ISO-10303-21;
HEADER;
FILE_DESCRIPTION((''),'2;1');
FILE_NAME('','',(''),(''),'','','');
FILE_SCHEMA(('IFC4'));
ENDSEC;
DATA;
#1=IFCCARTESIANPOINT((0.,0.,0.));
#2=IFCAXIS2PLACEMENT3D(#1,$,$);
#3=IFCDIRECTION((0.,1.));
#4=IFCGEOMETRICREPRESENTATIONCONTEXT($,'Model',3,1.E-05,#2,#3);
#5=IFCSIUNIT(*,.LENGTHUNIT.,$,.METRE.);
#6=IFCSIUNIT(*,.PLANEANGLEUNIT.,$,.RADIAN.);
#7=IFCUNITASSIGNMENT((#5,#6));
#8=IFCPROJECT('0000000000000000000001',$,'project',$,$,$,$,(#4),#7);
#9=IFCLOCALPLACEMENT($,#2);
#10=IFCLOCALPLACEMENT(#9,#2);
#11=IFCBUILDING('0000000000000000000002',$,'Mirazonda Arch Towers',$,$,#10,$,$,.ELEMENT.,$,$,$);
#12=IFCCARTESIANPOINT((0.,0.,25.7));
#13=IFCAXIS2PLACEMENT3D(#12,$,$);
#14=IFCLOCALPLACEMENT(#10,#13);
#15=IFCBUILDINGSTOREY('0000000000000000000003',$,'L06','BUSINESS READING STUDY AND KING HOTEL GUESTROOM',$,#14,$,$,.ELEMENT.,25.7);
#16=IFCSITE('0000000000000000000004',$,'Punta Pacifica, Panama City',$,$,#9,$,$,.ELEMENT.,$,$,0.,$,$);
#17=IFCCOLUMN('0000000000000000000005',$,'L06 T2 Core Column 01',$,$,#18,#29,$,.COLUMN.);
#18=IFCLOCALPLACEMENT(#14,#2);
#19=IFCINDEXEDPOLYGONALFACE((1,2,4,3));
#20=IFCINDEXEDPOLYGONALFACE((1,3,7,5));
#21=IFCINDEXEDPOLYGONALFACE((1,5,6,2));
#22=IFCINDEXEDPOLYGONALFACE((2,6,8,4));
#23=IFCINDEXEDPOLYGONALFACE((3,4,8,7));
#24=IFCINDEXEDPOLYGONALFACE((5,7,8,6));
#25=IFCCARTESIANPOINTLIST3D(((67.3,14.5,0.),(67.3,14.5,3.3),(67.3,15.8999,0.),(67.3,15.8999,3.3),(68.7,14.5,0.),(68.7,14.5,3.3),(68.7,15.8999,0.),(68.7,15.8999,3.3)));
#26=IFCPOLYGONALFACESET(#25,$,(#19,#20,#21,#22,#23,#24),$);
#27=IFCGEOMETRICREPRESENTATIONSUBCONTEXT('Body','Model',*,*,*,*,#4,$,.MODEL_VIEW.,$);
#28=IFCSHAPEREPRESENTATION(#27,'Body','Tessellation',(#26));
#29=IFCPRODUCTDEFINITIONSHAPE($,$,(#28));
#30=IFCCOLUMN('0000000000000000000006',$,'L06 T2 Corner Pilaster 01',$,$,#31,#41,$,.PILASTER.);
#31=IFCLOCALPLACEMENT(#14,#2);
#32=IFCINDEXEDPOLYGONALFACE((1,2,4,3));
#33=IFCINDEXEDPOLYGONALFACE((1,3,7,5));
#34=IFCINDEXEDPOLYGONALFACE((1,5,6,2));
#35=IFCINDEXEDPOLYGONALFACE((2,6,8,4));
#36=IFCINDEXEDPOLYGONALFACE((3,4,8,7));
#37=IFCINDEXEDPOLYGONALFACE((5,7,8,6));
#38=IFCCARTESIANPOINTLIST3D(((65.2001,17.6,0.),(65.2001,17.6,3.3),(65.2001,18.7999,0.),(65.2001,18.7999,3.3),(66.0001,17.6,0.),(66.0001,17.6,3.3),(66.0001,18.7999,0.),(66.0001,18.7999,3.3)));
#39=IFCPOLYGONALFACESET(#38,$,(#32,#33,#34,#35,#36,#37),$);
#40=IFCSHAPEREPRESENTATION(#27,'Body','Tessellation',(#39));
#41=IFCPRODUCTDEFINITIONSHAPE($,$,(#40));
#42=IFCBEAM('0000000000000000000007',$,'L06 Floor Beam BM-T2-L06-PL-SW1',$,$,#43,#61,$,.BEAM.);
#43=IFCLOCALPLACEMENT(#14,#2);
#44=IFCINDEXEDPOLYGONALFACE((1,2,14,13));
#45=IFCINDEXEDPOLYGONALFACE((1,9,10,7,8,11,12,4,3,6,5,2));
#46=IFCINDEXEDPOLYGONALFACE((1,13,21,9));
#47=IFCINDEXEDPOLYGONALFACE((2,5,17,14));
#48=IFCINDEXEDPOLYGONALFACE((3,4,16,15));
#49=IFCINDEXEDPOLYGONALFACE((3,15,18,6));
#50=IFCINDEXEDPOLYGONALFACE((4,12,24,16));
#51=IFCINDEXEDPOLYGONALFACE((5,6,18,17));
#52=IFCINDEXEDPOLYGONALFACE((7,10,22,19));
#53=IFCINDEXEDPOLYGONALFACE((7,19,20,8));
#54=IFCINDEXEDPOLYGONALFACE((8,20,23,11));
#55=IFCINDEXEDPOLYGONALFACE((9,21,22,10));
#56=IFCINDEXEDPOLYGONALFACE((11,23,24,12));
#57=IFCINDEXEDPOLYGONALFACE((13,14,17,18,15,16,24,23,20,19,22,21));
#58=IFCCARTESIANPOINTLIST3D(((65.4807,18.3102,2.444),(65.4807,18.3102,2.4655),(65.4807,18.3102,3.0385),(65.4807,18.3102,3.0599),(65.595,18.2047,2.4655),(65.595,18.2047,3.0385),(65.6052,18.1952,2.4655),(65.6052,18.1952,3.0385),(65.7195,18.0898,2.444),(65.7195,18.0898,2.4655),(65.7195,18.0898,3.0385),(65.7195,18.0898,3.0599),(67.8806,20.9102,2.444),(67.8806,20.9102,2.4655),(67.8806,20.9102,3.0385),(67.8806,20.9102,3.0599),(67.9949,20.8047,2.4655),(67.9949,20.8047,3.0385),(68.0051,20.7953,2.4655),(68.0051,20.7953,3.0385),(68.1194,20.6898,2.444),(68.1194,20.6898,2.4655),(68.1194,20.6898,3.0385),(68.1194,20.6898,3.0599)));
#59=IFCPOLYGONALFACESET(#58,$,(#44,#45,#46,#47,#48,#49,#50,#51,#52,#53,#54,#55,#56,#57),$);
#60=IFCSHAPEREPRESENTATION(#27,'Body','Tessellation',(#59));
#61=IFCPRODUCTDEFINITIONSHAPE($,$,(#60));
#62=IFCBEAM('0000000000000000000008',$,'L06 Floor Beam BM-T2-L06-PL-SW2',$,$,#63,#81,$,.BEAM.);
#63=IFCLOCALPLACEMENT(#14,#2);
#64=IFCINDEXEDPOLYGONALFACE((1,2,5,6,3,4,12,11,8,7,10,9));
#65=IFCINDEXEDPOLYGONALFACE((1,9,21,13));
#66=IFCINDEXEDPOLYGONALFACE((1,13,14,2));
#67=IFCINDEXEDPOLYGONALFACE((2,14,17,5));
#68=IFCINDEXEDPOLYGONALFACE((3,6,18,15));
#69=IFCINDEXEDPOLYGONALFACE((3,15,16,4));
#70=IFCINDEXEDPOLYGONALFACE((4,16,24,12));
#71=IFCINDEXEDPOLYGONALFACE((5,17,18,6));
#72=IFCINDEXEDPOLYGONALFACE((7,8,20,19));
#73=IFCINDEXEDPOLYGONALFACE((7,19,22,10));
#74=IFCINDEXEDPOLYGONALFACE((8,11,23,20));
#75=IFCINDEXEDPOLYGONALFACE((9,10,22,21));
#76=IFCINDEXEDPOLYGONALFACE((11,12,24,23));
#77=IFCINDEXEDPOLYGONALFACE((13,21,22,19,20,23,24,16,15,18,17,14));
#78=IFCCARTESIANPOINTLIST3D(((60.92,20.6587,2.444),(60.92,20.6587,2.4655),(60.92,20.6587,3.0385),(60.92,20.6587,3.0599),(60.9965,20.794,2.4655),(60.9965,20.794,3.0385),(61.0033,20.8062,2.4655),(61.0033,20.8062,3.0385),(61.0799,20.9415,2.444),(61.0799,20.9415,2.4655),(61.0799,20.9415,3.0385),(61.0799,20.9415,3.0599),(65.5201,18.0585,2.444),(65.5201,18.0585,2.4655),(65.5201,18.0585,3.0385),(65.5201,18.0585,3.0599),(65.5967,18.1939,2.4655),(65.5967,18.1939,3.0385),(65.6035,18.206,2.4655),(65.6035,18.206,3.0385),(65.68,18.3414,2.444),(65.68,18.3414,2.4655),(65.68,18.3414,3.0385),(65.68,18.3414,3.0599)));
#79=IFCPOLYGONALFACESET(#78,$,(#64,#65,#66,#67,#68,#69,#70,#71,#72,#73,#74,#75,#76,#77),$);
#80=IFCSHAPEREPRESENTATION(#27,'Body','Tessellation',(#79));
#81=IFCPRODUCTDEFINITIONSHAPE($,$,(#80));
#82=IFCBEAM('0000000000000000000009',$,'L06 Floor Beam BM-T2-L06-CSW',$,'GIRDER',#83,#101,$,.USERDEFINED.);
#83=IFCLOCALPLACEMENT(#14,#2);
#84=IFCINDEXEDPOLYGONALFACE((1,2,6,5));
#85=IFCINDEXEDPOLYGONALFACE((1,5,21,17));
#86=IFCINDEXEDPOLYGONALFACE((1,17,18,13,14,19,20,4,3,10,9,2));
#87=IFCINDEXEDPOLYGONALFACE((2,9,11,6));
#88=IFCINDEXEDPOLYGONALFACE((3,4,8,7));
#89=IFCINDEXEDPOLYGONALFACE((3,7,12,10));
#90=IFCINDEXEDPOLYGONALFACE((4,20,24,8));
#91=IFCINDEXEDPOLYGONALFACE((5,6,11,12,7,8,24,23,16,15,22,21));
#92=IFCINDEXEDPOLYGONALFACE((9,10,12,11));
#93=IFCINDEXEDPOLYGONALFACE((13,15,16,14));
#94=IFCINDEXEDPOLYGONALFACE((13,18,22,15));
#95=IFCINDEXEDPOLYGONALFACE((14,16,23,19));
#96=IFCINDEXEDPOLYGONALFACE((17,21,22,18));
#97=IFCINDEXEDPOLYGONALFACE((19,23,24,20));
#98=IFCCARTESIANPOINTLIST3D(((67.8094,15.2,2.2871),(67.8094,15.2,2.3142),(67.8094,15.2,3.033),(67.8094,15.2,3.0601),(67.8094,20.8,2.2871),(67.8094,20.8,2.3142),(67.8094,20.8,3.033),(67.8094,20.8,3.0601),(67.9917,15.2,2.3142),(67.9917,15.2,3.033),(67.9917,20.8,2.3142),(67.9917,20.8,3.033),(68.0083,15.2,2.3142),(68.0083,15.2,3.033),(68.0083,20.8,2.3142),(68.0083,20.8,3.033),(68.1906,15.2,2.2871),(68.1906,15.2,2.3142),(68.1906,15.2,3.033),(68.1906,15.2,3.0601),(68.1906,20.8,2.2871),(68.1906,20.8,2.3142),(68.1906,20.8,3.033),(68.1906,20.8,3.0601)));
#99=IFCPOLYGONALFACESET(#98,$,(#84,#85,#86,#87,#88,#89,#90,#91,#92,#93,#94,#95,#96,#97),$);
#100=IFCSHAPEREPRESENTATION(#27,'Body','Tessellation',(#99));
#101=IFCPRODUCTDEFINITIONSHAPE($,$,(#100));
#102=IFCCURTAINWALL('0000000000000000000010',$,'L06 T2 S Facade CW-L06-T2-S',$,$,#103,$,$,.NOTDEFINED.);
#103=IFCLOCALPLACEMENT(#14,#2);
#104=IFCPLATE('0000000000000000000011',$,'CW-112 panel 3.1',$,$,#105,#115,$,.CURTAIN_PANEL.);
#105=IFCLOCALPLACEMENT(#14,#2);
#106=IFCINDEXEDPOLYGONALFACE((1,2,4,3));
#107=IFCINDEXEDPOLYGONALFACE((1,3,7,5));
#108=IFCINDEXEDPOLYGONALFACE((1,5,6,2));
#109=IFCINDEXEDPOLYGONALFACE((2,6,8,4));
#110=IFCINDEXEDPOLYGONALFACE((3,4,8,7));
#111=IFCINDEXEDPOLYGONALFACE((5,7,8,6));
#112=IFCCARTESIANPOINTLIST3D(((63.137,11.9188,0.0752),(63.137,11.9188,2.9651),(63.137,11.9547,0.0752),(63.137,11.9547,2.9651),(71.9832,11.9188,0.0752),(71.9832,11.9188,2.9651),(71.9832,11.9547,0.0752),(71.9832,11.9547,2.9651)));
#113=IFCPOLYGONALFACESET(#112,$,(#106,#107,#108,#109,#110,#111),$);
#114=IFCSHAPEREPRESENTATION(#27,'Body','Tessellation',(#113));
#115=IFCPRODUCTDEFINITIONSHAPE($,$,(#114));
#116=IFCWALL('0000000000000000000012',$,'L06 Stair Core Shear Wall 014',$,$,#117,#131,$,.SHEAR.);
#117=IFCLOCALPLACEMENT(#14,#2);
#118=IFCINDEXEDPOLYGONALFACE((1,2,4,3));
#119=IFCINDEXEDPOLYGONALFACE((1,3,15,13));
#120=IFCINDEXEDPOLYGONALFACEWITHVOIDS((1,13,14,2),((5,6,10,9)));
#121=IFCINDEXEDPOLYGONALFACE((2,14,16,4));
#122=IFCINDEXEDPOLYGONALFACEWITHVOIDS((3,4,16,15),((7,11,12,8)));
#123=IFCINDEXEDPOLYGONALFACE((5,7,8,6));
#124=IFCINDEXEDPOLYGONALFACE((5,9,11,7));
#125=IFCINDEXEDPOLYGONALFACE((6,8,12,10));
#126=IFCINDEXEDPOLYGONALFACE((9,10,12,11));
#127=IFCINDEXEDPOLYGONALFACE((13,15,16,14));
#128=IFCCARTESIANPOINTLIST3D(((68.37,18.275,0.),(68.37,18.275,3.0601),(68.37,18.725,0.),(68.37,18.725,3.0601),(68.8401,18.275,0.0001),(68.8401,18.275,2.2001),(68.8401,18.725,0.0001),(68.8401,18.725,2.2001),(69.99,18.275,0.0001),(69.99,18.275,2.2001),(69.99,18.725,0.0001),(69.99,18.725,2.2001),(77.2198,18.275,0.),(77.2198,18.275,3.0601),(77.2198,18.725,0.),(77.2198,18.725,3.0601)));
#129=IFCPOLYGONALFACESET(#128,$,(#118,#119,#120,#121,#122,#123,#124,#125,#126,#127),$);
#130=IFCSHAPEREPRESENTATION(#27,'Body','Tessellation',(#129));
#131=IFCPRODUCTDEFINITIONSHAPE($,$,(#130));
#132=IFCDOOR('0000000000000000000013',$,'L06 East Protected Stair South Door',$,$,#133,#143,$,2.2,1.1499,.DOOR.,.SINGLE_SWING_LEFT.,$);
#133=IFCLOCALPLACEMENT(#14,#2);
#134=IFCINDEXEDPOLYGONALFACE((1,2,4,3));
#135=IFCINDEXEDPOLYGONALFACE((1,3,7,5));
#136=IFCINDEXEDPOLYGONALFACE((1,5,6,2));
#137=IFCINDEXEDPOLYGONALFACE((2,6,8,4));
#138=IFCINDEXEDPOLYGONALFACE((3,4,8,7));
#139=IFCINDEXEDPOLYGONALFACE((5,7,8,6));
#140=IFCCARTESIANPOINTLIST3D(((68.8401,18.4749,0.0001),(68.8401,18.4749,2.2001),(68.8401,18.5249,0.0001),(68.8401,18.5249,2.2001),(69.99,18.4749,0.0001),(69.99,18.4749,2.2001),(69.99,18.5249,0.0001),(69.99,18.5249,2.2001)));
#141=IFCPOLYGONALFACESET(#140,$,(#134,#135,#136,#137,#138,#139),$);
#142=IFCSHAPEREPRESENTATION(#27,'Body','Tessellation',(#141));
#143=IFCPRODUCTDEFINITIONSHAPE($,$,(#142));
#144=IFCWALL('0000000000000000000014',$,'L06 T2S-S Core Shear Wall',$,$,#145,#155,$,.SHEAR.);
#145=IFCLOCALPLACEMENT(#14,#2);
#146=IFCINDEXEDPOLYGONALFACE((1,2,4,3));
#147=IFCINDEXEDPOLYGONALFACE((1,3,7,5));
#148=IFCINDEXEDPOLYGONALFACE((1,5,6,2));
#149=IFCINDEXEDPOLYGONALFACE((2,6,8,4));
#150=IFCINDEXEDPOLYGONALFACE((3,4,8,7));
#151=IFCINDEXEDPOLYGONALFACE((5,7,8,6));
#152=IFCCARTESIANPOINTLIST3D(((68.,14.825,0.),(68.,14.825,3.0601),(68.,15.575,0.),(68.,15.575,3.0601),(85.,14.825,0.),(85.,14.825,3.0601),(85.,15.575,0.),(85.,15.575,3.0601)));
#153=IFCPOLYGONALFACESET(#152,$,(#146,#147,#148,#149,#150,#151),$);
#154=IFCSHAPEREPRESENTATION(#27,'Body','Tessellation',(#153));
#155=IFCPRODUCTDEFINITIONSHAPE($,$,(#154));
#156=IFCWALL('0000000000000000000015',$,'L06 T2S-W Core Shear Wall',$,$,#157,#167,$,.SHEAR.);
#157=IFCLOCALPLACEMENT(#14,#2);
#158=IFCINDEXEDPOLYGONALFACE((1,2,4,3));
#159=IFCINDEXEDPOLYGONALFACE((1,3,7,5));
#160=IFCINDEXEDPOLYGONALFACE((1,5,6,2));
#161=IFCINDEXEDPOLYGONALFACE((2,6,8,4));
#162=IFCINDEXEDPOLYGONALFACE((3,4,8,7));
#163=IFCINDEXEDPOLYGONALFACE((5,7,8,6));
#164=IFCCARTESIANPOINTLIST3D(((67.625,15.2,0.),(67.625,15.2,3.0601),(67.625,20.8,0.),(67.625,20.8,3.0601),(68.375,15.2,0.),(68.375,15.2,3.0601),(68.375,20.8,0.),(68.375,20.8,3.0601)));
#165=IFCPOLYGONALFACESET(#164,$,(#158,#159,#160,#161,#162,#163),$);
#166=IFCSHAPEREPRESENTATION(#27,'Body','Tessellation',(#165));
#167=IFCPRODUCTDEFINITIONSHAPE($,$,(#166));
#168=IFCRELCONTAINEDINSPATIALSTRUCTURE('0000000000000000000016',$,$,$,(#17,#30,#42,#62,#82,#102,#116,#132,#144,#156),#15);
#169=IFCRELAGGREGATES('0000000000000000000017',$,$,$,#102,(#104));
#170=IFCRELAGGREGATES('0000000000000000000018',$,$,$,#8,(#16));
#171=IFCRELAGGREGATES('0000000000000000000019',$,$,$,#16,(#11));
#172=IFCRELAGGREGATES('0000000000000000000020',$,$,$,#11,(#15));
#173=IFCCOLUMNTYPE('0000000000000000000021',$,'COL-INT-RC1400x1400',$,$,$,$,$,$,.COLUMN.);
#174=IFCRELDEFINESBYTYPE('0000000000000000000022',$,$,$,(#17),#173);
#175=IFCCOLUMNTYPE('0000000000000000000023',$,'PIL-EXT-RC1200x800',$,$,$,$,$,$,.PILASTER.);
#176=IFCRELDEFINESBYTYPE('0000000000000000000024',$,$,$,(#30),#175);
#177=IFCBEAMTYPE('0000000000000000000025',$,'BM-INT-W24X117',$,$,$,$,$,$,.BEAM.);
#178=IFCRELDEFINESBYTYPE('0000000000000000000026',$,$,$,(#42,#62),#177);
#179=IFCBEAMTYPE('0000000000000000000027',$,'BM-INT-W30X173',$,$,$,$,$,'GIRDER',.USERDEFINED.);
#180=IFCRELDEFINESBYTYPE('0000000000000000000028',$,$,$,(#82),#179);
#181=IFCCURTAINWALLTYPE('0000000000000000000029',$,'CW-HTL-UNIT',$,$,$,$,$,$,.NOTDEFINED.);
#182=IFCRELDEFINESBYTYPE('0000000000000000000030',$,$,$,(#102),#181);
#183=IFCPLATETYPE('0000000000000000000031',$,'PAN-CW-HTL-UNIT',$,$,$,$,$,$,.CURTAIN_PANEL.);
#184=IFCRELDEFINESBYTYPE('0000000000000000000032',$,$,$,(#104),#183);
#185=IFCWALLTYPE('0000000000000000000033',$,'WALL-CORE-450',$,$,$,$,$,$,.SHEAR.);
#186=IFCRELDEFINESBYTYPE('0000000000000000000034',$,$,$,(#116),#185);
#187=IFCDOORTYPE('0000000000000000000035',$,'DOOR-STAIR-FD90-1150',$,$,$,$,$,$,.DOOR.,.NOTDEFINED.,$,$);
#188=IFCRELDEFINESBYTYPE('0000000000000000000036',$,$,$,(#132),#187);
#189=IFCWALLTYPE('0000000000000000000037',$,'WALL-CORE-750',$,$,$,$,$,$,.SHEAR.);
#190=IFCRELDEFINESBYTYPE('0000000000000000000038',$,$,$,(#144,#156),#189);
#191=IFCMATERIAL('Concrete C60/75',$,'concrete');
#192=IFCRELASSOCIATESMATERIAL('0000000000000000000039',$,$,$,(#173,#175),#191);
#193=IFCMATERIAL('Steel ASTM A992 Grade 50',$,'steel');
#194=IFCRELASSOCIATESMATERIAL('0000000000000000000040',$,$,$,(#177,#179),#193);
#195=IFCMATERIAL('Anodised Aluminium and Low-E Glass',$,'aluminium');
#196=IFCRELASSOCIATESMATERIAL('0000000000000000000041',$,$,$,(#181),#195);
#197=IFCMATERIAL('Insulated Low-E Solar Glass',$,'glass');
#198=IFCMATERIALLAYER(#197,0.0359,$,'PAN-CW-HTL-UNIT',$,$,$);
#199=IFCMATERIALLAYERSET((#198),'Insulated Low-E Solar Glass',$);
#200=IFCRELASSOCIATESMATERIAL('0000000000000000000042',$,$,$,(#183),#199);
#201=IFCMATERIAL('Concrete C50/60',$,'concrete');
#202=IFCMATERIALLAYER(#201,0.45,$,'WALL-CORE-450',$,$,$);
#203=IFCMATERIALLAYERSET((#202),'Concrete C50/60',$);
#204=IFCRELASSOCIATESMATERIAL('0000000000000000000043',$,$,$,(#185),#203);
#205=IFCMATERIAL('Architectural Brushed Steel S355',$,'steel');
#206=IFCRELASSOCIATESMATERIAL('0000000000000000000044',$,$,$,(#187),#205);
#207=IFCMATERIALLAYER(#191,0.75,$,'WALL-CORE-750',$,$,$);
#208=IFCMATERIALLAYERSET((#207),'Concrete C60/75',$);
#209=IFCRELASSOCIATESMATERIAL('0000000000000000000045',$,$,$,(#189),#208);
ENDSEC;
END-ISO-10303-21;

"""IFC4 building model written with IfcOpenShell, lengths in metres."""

from ifc_helpers import new_model, si_unit, direction, frame, frame_2d, origin, origin_2d, place, context, subcontext, project, spatial, rectangle, i_section, extrude, material, layer, layer_set, material_profile, profile_set, type_object, element, fill, aggregate, save


model = new_model("IFC4")

# Units and contexts
model_context = context("Model", 3, precision=1e-05, world=origin(), true_north=direction((0.0, 1.0)))
body_context = subcontext(model_context, "Body", "Model", "MODEL_VIEW")
ifc_project = project(units=[si_unit("LENGTHUNIT", "METRE"), si_unit("PLANEANGLEUNIT", "RADIAN")], contexts=[model_context])

# Site, building, storey
site_placement = place(None, origin())
site = spatial("IfcSite", under=ifc_project, at=site_placement, Name="Punta Pacifica, Panama City", CompositionType="ELEMENT", RefElevation=0.0)
building_placement = place(site_placement, origin())
building = spatial("IfcBuilding", under=site, at=building_placement, Name="Mirazonda Arch Towers", CompositionType="ELEMENT")
storey_placement = place(building_placement, frame((0.0, 0.0, 25.7)))
storey = spatial("IfcBuildingStorey", under=building, at=storey_placement, Name="L06", Description="BUSINESS READING STUDY AND KING HOTEL GUESTROOM", CompositionType="ELEMENT", Elevation=25.7)

# Columns
ifc_material_1 = material(Name="Concrete C60/75", Category="concrete")
ifc_material_profile_1 = material_profile(ifc_material_1, rectangle(XDim=1.3999, YDim=1.3999, at=origin_2d()), Name="RC1400x1400")
ifc_profile_set_1 = profile_set([ifc_material_profile_1], Name="Concrete C60/75")
column_type_1 = type_object("IfcColumnType", Name="COL-INT-RC1400x1400", PredefinedType="COLUMN", material=ifc_profile_set_1)
column_1_placement = place(storey_placement, frame((68.0, 15.2, 0.0), z_axis=(0.0, 0.0, 1.0), x_axis=(1.0, 0.0, 0.0)))
element("IfcColumn", 1, at=column_1_placement, inside=storey, type_object=column_type_1, Name="L06 T2 Core Column 01", PredefinedType="COLUMN", context=body_context, shape_type="SweptSolid", body=[
    extrude(rectangle(XDim=1.3999, YDim=1.3999, at=origin_2d()), origin(), (0.0, 0.0, 1.0), 3.3),
])
ifc_material_profile_2 = material_profile(ifc_material_1, rectangle(XDim=0.8, YDim=1.2, at=origin_2d()), Name="RC1200x800")
ifc_profile_set_2 = profile_set([ifc_material_profile_2], Name="Concrete C60/75")
column_type_2 = type_object("IfcColumnType", Name="PIL-EXT-RC1200x800", PredefinedType="PILASTER", material=ifc_profile_set_2)
column_2_placement = place(storey_placement, frame((65.6001, 18.2, 0.0), z_axis=(0.0, 0.0, 1.0), x_axis=(1.0, 0.0, 0.0)))
element("IfcColumn", 2, at=column_2_placement, inside=storey, type_object=column_type_2, Name="L06 T2 Corner Pilaster 01", PredefinedType="PILASTER", context=body_context, shape_type="SweptSolid", body=[
    extrude(rectangle(XDim=0.8, YDim=1.2, at=origin_2d()), origin(), (0.0, 0.0, 1.0), 3.3),
])

# Beams
ifc_material_2 = material(Name="Steel ASTM A992 Grade 50", Category="steel")
ifc_material_profile_3 = material_profile(ifc_material_2, i_section(OverallWidth=0.325, OverallDepth=0.616, WebThickness=0.0139, FlangeThickness=0.0215, at=origin_2d()), Name="W24X117")
ifc_profile_set_3 = profile_set([ifc_material_profile_3], Name="Steel ASTM A992 Grade 50")
beam_type_1 = type_object("IfcBeamType", Name="BM-INT-W24X117", PredefinedType="BEAM", material=ifc_profile_set_3)
beam_1_placement = place(storey_placement, frame((65.6001, 18.2, 2.752), z_axis=(0.678251, 0.73483, 0.0), x_axis=(-0.73483, 0.678251, 0.0)))
element("IfcBeam", 3, at=beam_1_placement, inside=storey, type_object=beam_type_1, Name="L06 Floor Beam BM-T2-L06-PL-SW1", PredefinedType="BEAM", context=body_context, shape_type="SweptSolid", body=[
    extrude(i_section(OverallWidth=0.325, OverallDepth=0.616, WebThickness=0.0139, FlangeThickness=0.0215, at=origin_2d()), origin(), (0.0, 0.0, 1.0), 3.5383),
])
beam_2_placement = place(storey_placement, frame((65.6001, 18.2, 2.752), z_axis=(-0.870559, 0.492063, 0.0), x_axis=(-0.492063, -0.870559, 0.0)))
element("IfcBeam", 4, at=beam_2_placement, inside=storey, type_object=beam_type_1, Name="L06 Floor Beam BM-T2-L06-PL-SW2", PredefinedType="BEAM", context=body_context, shape_type="SweptSolid", body=[
    extrude(i_section(OverallWidth=0.325, OverallDepth=0.616, WebThickness=0.0139, FlangeThickness=0.0215, at=origin_2d()), origin(), (0.0, 0.0, 1.0), 5.2842),
])
ifc_material_profile_4 = material_profile(ifc_material_2, i_section(OverallWidth=0.3811, OverallDepth=0.7729, WebThickness=0.0166, FlangeThickness=0.0271, at=origin_2d()), Name="W30X173")
ifc_profile_set_4 = profile_set([ifc_material_profile_4], Name="Steel ASTM A992 Grade 50")
beam_type_2 = type_object("IfcBeamType", Name="BM-INT-W30X173", ElementType="GIRDER", PredefinedType="USERDEFINED", material=ifc_profile_set_4)
beam_3_placement = place(storey_placement, frame((68.0, 15.2, 2.6736), z_axis=(0.0, 1.0, 0.0), x_axis=(-1.0, 0.0, 0.0)))
element("IfcBeam", 5, at=beam_3_placement, inside=storey, type_object=beam_type_2, Name="L06 Floor Beam BM-T2-L06-CSW", ObjectType="GIRDER", PredefinedType="USERDEFINED", context=body_context, shape_type="SweptSolid", body=[
    extrude(i_section(OverallWidth=0.3811, OverallDepth=0.7729, WebThickness=0.0166, FlangeThickness=0.0271, at=origin_2d()), origin(), (0.0, 0.0, 1.0), 5.6001),
])

# Curtain wall, plate
ifc_material_3 = material(Name="Anodised Aluminium and Low-E Glass", Category="aluminium")
curtain_wall_type = type_object("IfcCurtainWallType", Name="CW-HTL-UNIT", PredefinedType="NOTDEFINED", material=ifc_material_3)
curtain_wall_placement = place(storey_placement, origin())
curtain_wall = element("IfcCurtainWall", 6, at=curtain_wall_placement, inside=storey, type_object=curtain_wall_type, Name="L06 T2 S Facade CW-L06-T2-S", PredefinedType="NOTDEFINED")
ifc_material_4 = material(Name="Insulated Low-E Solar Glass", Category="glass")
ifc_layer_1 = layer(ifc_material_4, 0.0359, Name="PAN-CW-HTL-UNIT")
ifc_layer_set_1 = layer_set([ifc_layer_1], Name="Insulated Low-E Solar Glass")
plate_type = type_object("IfcPlateType", Name="PAN-CW-HTL-UNIT", PredefinedType="CURTAIN_PANEL", material=ifc_layer_set_1)
plate_placement = place(storey_placement, frame((67.5601, 11.9368, 0.0752), z_axis=(0.0, 0.0, 1.0), x_axis=(-1.0, 0.0, 0.0)))
plate = element("IfcPlate", 7, at=plate_placement, type_object=plate_type, Name="CW-112 panel 3.1", PredefinedType="CURTAIN_PANEL", context=body_context, shape_type="SweptSolid", body=[
    extrude(rectangle(XDim=8.8462, YDim=0.0359, at=origin_2d()), origin(), (0.0, 0.0, 1.0), 2.8899),
])
aggregate(curtain_wall, [plate])

# Wall, opening, door
ifc_material_5 = material(Name="Concrete C50/60", Category="concrete")
ifc_layer_2 = layer(ifc_material_5, 0.45, Name="WALL-CORE-450")
ifc_layer_set_2 = layer_set([ifc_layer_2], Name="Concrete C50/60")
wall_type_1 = type_object("IfcWallType", Name="WALL-CORE-450", PredefinedType="SHEAR", material=ifc_layer_set_2)
wall_1_placement = place(storey_placement, frame((68.3701, 18.5, 0.0), z_axis=(0.0, 0.0, 1.0), x_axis=(1.0, 0.0, 0.0)))
wall_1 = element("IfcWall", 8, at=wall_1_placement, inside=storey, type_object=wall_type_1, Name="L06 Stair Core Shear Wall 014", PredefinedType="SHEAR", context=body_context, shape_type="SweptSolid", body=[
    extrude(rectangle(XDim=8.8499, YDim=0.45, at=frame_2d((4.4248, 0.0))), origin(), (0.0, 0.0, 1.0), 3.0601),
])
opening_1_placement = place(wall_1_placement, frame((0.47, 0.0, 0.0)))
opening_1 = element("IfcOpeningElement", 9, at=opening_1_placement, cuts=wall_1, PredefinedType="OPENING", context=body_context, shape_type="SweptSolid", body=[
    extrude(rectangle(XDim=1.1499, YDim=2.2, at=frame_2d((0.575, 1.1001))), frame((0.0, 0.2349, 0.0), z_axis=(0.0, -1.0, 0.0), x_axis=(1.0, 0.0, 0.0)), (0.0, 0.0, 1.0), 0.47),
])
ifc_material_6 = material(Name="Architectural Brushed Steel S355", Category="steel")
door_type_1 = type_object("IfcDoorType", Name="DOOR-STAIR-FD90-1150", OperationType="NOTDEFINED", PredefinedType="DOOR", material=ifc_material_6)
door_1_placement = place(opening_1_placement, origin())
door_1 = element("IfcDoor", 10, at=door_1_placement, inside=storey, type_object=door_type_1, Name="L06 East Protected Stair South Door", OperationType="SINGLE_SWING_LEFT", OverallHeight=2.2, OverallWidth=1.1499, PredefinedType="DOOR", context=body_context, shape_type="SweptSolid", body=[
    extrude(rectangle(XDim=1.1499, YDim=2.2, at=frame_2d((0.575, 1.1001))), frame((0.0, 0.0249, 0.0), z_axis=(0.0, -1.0, 0.0), x_axis=(1.0, 0.0, 0.0)), (0.0, 0.0, 1.0), 0.05),
])
fill(opening_1, door_1)

# Walls
ifc_layer_3 = layer(ifc_material_1, 0.75, Name="WALL-CORE-750")
ifc_layer_set_3 = layer_set([ifc_layer_3], Name="Concrete C60/75")
wall_type_2 = type_object("IfcWallType", Name="WALL-CORE-750", PredefinedType="SHEAR", material=ifc_layer_set_3)
wall_2_placement = place(storey_placement, frame((68.0, 15.2, 0.0), z_axis=(0.0, 0.0, 1.0), x_axis=(1.0, 0.0, 0.0)))
element("IfcWall", 11, at=wall_2_placement, inside=storey, type_object=wall_type_2, Name="L06 T2S-S Core Shear Wall", PredefinedType="SHEAR", context=body_context, shape_type="SweptSolid", body=[
    extrude(rectangle(XDim=17.0, YDim=0.75, at=frame_2d((8.5, 0.0))), origin(), (0.0, 0.0, 1.0), 3.0601),
])
wall_3_placement = place(storey_placement, frame((68.0, 15.2, 0.0), z_axis=(0.0, 0.0, 1.0), x_axis=(0.0, 1.0, 0.0)))
element("IfcWall", 12, at=wall_3_placement, inside=storey, type_object=wall_type_2, Name="L06 T2S-W Core Shear Wall", PredefinedType="SHEAR", context=body_context, shape_type="SweptSolid", body=[
    extrude(rectangle(XDim=5.6001, YDim=0.75, at=frame_2d((2.8, 0.0))), origin(), (0.0, 0.0, 1.0), 3.0601),
])

save(model, "model.ifc")
